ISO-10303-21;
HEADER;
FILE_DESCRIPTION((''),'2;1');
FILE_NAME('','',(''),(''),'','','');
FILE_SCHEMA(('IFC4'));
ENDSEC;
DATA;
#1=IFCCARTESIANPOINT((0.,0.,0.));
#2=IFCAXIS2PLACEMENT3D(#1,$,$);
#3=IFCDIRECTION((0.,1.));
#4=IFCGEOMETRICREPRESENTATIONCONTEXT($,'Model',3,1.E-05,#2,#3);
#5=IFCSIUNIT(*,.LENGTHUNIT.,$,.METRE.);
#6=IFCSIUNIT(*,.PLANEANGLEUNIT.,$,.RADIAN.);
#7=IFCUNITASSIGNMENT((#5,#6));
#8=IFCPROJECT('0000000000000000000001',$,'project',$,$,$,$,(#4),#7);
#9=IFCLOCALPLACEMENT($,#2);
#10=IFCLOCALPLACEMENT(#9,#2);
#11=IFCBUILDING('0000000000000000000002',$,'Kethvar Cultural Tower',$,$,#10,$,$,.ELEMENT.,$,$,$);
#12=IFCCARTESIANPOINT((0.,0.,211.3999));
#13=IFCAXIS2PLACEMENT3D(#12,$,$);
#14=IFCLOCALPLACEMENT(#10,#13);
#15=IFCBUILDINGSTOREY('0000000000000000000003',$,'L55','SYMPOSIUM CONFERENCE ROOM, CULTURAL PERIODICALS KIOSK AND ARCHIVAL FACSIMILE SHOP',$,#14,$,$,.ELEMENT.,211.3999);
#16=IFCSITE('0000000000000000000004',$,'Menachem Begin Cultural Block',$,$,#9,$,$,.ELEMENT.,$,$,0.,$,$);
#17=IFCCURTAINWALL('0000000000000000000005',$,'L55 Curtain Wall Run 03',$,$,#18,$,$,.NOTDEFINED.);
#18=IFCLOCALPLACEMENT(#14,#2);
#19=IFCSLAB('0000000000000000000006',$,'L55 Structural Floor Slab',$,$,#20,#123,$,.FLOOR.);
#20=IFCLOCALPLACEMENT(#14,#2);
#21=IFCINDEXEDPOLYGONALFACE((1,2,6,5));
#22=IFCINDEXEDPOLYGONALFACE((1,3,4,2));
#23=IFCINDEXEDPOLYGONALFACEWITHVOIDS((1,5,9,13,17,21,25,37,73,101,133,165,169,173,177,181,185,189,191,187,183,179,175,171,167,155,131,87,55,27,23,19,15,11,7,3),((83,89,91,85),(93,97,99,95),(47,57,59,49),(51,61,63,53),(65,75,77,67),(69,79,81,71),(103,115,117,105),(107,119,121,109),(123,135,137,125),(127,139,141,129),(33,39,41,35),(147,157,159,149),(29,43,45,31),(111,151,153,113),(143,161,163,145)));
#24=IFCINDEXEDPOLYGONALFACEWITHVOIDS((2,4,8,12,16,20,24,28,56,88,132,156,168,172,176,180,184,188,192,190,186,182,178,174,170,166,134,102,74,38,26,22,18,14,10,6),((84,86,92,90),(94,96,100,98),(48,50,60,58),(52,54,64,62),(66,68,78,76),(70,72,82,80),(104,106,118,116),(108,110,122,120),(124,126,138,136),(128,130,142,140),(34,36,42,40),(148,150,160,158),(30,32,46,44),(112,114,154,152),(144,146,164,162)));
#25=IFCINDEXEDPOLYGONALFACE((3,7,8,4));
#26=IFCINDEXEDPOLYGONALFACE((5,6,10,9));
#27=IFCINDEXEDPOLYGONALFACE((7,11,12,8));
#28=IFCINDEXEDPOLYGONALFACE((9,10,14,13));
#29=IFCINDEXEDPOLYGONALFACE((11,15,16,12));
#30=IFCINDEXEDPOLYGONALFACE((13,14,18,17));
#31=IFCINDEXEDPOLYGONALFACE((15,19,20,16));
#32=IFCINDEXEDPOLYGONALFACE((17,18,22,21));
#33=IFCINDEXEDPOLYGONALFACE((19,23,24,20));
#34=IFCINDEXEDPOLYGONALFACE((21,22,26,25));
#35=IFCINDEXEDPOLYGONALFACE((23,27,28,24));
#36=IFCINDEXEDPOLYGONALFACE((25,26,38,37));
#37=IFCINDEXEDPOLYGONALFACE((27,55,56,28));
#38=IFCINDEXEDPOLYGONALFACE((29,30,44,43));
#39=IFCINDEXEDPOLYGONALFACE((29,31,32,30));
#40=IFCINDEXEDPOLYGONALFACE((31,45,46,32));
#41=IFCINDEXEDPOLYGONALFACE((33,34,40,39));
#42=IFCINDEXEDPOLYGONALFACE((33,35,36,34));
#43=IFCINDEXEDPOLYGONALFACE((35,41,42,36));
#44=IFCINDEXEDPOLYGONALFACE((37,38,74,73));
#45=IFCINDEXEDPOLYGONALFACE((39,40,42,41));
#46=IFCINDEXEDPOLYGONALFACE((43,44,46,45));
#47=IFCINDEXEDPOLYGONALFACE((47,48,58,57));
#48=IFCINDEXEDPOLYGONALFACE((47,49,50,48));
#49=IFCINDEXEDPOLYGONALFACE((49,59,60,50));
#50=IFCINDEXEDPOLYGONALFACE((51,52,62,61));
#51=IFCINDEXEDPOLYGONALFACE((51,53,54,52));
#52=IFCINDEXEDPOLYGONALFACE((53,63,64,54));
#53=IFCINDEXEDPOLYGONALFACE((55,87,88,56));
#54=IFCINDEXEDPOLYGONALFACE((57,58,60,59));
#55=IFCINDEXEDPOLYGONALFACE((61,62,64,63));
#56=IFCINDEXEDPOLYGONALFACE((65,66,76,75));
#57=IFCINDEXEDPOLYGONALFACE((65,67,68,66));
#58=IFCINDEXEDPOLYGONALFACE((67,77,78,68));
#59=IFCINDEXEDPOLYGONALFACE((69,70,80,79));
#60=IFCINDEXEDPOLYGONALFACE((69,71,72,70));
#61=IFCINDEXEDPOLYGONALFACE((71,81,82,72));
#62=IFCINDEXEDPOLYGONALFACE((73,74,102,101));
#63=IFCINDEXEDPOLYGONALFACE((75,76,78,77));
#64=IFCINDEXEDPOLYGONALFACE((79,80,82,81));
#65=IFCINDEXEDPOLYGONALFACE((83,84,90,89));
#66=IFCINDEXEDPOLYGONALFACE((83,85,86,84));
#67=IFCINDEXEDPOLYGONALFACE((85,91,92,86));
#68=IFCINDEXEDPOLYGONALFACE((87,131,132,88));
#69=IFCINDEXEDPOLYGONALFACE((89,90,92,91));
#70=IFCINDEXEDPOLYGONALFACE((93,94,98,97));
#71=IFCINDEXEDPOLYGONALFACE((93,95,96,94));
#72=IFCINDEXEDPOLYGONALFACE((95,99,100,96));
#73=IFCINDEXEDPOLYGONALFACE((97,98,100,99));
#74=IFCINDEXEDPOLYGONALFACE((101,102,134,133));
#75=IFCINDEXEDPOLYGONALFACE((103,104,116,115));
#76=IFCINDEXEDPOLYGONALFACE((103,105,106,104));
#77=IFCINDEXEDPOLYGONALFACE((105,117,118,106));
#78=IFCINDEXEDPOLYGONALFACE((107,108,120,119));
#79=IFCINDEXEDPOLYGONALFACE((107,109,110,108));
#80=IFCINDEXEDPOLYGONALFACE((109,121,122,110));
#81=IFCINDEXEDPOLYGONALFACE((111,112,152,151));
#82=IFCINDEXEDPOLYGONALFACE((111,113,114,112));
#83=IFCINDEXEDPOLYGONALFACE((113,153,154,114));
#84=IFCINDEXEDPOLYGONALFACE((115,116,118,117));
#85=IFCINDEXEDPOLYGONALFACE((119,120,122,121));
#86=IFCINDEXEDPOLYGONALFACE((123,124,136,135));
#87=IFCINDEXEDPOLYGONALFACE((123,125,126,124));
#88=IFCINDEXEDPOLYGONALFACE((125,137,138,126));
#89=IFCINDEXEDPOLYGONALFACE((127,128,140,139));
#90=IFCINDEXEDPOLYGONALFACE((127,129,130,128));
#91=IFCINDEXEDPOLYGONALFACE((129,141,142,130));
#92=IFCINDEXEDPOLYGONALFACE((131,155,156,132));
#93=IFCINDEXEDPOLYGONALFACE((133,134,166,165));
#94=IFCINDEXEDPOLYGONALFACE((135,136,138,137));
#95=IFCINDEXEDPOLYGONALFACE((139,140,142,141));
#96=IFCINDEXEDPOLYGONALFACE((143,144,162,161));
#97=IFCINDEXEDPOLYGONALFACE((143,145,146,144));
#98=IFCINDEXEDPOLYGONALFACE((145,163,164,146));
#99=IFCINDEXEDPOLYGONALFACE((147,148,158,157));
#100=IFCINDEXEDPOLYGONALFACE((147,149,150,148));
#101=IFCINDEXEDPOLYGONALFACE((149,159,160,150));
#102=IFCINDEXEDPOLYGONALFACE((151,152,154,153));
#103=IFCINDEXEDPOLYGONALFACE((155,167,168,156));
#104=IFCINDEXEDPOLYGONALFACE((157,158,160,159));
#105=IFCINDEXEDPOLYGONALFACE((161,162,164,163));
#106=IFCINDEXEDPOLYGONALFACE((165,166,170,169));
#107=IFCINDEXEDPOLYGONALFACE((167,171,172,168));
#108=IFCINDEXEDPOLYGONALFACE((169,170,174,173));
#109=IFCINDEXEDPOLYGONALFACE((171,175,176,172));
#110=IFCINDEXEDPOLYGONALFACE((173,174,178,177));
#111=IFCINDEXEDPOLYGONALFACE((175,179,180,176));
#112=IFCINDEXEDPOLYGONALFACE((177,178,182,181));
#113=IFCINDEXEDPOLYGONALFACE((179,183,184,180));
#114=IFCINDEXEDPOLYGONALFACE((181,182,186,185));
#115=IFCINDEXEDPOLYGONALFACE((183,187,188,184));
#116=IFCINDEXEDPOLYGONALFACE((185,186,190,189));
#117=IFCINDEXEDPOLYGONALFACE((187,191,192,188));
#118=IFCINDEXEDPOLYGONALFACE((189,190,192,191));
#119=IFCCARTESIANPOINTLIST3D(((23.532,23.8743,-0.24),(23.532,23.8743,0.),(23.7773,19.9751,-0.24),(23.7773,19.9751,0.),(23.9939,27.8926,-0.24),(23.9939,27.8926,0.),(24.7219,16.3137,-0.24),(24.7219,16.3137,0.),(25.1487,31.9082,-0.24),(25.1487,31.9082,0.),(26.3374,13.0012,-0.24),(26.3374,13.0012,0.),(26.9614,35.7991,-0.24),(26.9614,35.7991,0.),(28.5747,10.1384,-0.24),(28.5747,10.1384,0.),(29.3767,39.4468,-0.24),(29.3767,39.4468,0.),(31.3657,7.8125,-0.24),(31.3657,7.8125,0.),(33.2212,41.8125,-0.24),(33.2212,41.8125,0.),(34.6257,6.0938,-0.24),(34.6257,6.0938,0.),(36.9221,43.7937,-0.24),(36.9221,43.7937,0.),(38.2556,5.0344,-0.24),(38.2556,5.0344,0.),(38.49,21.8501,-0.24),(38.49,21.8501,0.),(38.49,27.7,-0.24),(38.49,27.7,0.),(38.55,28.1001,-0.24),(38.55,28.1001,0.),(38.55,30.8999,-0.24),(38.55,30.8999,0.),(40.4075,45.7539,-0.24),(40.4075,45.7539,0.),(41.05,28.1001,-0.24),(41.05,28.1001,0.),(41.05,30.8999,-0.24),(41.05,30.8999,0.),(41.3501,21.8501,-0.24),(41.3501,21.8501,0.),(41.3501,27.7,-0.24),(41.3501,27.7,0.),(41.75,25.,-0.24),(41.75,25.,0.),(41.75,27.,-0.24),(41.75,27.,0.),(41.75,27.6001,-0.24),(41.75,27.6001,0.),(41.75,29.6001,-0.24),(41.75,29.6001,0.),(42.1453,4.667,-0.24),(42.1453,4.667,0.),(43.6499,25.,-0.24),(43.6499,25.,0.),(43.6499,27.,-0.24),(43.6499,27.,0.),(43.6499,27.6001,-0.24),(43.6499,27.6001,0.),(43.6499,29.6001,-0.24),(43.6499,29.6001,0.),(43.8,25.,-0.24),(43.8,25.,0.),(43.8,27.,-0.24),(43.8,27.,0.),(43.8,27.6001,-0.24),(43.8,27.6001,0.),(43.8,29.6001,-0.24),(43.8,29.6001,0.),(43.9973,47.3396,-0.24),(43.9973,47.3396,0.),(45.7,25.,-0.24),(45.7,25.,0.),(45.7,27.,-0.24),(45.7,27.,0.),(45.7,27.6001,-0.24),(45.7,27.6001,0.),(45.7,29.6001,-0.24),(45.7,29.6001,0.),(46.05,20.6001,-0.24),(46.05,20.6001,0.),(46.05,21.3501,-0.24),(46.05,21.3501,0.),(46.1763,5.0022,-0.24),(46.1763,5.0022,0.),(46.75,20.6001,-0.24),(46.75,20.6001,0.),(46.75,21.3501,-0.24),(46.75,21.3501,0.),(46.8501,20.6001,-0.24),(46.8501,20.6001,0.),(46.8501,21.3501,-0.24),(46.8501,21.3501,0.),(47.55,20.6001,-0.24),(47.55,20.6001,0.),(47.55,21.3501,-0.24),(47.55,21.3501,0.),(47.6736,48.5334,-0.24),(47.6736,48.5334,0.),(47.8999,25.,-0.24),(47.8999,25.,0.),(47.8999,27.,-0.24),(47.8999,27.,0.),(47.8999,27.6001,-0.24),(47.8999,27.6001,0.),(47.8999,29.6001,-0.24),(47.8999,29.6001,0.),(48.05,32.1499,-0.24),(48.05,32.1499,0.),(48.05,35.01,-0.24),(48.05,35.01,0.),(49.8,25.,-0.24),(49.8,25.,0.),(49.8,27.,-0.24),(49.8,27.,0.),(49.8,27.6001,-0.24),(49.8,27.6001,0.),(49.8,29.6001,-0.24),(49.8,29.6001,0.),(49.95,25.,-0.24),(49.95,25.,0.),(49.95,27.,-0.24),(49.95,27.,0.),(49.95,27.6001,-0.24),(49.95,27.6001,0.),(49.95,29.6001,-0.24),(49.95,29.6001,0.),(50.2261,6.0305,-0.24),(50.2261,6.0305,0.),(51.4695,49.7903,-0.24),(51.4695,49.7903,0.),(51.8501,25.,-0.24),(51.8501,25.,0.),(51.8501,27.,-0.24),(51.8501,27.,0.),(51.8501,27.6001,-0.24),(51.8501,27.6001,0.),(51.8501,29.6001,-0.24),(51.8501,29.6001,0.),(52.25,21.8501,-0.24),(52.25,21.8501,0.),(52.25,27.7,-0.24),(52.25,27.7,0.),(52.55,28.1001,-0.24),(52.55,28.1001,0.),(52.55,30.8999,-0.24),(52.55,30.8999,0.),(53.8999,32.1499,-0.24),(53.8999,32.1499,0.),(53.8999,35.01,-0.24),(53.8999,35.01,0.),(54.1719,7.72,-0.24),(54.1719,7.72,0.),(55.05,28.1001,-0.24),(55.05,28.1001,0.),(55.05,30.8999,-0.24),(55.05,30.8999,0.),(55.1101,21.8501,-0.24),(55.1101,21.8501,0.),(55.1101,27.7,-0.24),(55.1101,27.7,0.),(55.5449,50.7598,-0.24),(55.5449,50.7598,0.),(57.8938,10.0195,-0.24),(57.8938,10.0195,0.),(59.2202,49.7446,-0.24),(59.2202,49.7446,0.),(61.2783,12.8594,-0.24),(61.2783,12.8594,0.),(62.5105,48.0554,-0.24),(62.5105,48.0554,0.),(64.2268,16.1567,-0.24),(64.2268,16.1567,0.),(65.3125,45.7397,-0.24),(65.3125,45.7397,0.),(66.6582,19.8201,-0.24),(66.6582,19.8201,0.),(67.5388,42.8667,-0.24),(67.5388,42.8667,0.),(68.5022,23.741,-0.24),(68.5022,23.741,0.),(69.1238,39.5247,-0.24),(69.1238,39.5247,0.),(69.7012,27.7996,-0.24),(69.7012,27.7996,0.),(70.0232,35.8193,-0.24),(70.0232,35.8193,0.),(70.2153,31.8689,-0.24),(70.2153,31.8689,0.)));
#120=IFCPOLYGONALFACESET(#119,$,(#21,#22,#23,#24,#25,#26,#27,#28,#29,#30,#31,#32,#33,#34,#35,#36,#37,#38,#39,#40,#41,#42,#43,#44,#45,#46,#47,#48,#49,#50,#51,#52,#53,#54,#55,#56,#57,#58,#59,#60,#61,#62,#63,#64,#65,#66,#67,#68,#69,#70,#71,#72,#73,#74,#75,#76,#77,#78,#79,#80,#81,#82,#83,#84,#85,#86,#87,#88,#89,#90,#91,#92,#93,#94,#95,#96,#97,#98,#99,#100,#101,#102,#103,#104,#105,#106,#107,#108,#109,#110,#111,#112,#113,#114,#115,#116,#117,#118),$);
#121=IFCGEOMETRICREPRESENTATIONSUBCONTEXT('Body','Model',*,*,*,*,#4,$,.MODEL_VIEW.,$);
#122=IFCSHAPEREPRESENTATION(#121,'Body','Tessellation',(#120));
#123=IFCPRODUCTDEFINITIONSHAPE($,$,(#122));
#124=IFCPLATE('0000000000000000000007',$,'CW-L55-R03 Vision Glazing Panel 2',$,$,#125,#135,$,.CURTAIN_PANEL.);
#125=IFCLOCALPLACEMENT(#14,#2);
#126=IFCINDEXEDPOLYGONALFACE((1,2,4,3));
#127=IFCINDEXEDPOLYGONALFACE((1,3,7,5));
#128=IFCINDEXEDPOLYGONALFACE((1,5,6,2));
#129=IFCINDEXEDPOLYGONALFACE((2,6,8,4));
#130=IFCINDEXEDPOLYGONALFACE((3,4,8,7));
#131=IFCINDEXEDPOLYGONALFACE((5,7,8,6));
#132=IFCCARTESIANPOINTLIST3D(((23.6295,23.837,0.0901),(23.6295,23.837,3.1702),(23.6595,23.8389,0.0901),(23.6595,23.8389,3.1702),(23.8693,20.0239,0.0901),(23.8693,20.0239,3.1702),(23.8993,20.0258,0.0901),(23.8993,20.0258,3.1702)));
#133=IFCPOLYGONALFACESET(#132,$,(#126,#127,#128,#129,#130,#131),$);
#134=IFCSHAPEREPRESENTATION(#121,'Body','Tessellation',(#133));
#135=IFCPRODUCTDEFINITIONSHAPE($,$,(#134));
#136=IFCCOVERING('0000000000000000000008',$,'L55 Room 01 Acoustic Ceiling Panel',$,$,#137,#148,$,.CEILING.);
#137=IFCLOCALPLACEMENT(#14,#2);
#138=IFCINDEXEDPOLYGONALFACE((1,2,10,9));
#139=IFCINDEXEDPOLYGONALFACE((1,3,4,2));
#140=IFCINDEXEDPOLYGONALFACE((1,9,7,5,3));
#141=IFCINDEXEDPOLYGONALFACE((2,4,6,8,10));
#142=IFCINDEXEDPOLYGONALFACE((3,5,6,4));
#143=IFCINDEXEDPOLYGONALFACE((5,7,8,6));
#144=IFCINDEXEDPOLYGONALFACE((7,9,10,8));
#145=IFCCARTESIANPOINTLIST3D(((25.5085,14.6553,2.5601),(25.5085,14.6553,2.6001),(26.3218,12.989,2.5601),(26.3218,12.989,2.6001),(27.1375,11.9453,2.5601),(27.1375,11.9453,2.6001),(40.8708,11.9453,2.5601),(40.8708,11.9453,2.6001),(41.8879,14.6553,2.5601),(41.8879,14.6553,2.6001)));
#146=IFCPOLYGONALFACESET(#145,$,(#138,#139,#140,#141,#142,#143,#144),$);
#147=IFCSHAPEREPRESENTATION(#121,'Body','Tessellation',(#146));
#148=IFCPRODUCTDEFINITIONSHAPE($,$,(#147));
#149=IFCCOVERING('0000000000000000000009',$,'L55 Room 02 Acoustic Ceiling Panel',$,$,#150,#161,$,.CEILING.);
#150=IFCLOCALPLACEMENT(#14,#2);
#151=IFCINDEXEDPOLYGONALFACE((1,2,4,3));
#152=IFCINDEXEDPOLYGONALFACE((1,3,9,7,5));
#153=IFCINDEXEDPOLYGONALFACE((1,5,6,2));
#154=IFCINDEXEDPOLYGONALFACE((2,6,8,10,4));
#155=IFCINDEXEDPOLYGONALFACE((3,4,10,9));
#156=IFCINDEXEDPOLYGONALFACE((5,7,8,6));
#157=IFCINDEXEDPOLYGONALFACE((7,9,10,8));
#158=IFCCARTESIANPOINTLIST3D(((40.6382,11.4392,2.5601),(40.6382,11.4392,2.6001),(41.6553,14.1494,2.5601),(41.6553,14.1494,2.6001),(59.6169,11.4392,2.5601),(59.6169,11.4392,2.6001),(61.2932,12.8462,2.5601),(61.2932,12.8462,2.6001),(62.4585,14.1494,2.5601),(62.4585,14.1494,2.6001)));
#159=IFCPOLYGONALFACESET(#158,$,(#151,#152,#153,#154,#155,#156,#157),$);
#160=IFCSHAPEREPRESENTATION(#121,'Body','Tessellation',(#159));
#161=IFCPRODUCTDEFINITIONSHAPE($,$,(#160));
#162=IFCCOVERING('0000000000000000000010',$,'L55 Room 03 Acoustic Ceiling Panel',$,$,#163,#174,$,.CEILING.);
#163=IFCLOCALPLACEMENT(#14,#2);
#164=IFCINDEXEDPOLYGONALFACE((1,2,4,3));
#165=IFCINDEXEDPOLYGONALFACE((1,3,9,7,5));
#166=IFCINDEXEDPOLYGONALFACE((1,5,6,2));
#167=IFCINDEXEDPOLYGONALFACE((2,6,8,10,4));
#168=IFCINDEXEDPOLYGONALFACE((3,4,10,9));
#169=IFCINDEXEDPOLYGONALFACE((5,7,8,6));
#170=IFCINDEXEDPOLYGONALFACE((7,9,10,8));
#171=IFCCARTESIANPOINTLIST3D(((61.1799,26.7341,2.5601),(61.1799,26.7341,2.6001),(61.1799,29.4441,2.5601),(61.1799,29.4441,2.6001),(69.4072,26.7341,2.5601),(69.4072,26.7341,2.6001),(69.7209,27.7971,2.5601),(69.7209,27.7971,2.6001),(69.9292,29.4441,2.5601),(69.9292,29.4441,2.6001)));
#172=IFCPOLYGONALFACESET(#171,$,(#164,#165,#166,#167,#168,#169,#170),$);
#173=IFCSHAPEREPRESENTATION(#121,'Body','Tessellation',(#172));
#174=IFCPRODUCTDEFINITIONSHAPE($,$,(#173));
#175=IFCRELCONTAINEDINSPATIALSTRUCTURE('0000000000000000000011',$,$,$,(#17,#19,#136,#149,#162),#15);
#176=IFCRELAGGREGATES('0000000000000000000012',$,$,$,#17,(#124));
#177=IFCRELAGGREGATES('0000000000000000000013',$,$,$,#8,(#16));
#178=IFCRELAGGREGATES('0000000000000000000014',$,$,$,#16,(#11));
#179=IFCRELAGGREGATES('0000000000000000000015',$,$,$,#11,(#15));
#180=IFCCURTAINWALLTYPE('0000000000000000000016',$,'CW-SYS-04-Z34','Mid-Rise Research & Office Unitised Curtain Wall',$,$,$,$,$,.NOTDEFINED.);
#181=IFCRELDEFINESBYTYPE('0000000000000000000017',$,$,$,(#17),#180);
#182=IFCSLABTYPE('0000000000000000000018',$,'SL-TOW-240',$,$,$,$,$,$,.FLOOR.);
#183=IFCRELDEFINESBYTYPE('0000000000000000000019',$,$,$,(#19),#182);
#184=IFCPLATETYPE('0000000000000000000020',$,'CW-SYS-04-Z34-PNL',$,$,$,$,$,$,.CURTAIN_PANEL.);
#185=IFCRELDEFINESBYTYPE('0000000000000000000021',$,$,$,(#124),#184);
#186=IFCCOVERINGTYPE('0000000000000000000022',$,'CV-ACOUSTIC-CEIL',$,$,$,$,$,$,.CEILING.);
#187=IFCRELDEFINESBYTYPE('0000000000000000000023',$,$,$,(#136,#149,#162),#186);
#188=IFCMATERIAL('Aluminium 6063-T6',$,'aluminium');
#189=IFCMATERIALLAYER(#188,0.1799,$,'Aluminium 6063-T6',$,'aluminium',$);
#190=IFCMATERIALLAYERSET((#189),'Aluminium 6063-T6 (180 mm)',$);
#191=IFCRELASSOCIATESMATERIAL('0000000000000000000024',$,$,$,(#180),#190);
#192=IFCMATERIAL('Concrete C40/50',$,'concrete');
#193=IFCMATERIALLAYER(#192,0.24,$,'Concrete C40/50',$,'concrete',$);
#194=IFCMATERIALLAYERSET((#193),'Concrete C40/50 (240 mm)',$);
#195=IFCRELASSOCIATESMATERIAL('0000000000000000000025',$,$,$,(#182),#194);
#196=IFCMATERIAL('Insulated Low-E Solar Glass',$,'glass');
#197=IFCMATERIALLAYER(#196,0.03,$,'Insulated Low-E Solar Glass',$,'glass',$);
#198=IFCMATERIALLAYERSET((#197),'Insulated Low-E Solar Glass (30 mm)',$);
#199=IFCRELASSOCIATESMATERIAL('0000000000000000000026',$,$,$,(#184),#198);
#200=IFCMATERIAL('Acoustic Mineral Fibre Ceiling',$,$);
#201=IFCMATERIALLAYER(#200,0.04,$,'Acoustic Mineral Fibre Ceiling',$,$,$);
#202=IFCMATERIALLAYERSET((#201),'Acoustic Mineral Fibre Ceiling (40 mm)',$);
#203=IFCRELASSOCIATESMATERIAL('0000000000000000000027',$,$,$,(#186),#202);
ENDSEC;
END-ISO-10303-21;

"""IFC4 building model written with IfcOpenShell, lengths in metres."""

from ifc_helpers import new_model, si_unit, direction, frame, origin, origin_2d, place, context, subcontext, project, spatial, polyline, rectangle, outline, extrude, source, transform, mapped, material, layer, layer_set, type_object, element, aggregate, save


model = new_model("IFC4")

# Units and contexts
model_context = context("Model", 3, precision=1e-05, world=origin(), true_north=direction((0.0, 1.0)))
body_context = subcontext(model_context, "Body", "Model", "MODEL_VIEW")
ifc_project = project(units=[si_unit("LENGTHUNIT", "METRE"), si_unit("PLANEANGLEUNIT", "RADIAN")], contexts=[model_context])

# Site, building, storey
site_placement = place(None, origin())
site = spatial("IfcSite", under=ifc_project, at=site_placement, Name="Menachem Begin Cultural Block", CompositionType="ELEMENT", RefElevation=0.0)
building_placement = place(site_placement, origin())
building = spatial("IfcBuilding", under=site, at=building_placement, Name="Kethvar Cultural Tower", CompositionType="ELEMENT")
storey_placement = place(building_placement, frame((0.0, 0.0, 211.3999)))
storey = spatial("IfcBuildingStorey", under=building, at=storey_placement, Name="L55", Description="SYMPOSIUM CONFERENCE ROOM, CULTURAL PERIODICALS KIOSK AND ARCHIVAL FACSIMILE SHOP", CompositionType="ELEMENT", Elevation=211.3999)

# Curtain wall
ifc_material_1 = material(Name="Aluminium 6063-T6", Category="aluminium")
ifc_layer_1 = layer(ifc_material_1, 0.1799, Name="Aluminium 6063-T6", Category="aluminium")
ifc_layer_set_1 = layer_set([ifc_layer_1], Name="Aluminium 6063-T6 (180 mm)")
curtain_wall_type = type_object("IfcCurtainWallType", Name="CW-SYS-04-Z34", Description="Mid-Rise Research & Office Unitised Curtain Wall", PredefinedType="NOTDEFINED", material=ifc_layer_set_1)
curtain_wall_placement = place(storey_placement, origin())
curtain_wall = element("IfcCurtainWall", 1, at=curtain_wall_placement, inside=storey, type_object=curtain_wall_type, Name="L55 Curtain Wall Run 03", PredefinedType="NOTDEFINED")

# Shared definitions
ifc_material_2 = material(Name="Concrete C40/50", Category="concrete")

# Slab
ifc_layer_2 = layer(ifc_material_2, 0.24, Name="Concrete C40/50", Category="concrete")
ifc_layer_set_2 = layer_set([ifc_layer_2], Name="Concrete C40/50 (240 mm)")
slab_type_1 = type_object("IfcSlabType", Name="SL-TOW-240", PredefinedType="FLOOR", material=ifc_layer_set_2)
slab_1_placement = place(storey_placement, frame((0.0, 0.0, -0.24)))
element("IfcSlab", 2, at=slab_1_placement, inside=storey, type_object=slab_type_1, Name="L55 Structural Floor Slab", PredefinedType="FLOOR", context=body_context, shape_type="SweptSolid", body=[
    extrude(outline(polyline([(65.3125, 45.7397), (62.5105, 48.0554), (59.2202, 49.7446), (55.5449, 50.7598), (51.4695, 49.7903), (47.6736, 48.5334), (43.9973, 47.3396), (40.4075, 45.7539), (36.9221, 43.7937), (33.2212, 41.8125), (29.3767, 39.4468), (26.9614, 35.7991), (25.1487, 31.9082), (23.9939, 27.8926), (23.532, 23.8743), (23.7773, 19.9751), (24.7219, 16.3137), (26.3374, 13.0012), (28.5747, 10.1384), (31.3657, 7.8125), (34.6257, 6.0938), (38.2556, 5.0344), (42.1453, 4.667), (46.1763, 5.0022), (50.2261, 6.0305), (54.1719, 7.72), (57.8938, 10.0195), (61.2783, 12.8594), (64.2268, 16.1567), (66.6582, 19.8201), (68.5022, 23.741), (69.7012, 27.7996), (70.2153, 31.8689), (70.0232, 35.8193), (69.1238, 39.5247), (67.5388, 42.8667), (65.3125, 45.7397)]), holes=[polyline([(38.49, 21.8501), (38.49, 27.7), (41.3501, 27.7), (41.3501, 21.8501), (38.49, 21.8501)]), polyline([(52.25, 21.8501), (52.25, 27.7), (55.1101, 27.7), (55.1101, 21.8501), (52.25, 21.8501)]), polyline([(53.8999, 32.1499), (48.05, 32.1499), (48.05, 35.01), (53.8999, 35.01), (53.8999, 32.1499)]), polyline([(41.75, 27.0), (43.6499, 27.0), (43.6499, 25.0), (41.75, 25.0), (41.75, 27.0)]), polyline([(43.8, 27.0), (45.7, 27.0), (45.7, 25.0), (43.8, 25.0), (43.8, 27.0)]), polyline([(47.8999, 27.0), (49.8, 27.0), (49.8, 25.0), (47.8999, 25.0), (47.8999, 27.0)]), polyline([(49.95, 27.0), (51.8501, 27.0), (51.8501, 25.0), (49.95, 25.0), (49.95, 27.0)]), polyline([(41.75, 29.6001), (43.6499, 29.6001), (43.6499, 27.6001), (41.75, 27.6001), (41.75, 29.6001)]), polyline([(43.8, 29.6001), (45.7, 29.6001), (45.7, 27.6001), (43.8, 27.6001), (43.8, 29.6001)]), polyline([(47.8999, 29.6001), (49.8, 29.6001), (49.8, 27.6001), (47.8999, 27.6001), (47.8999, 29.6001)]), polyline([(49.95, 29.6001), (51.8501, 29.6001), (51.8501, 27.6001), (49.95, 27.6001), (49.95, 29.6001)]), polyline([(38.55, 30.8999), (41.05, 30.8999), (41.05, 28.1001), (38.55, 28.1001), (38.55, 30.8999)]), polyline([(52.55, 30.8999), (55.05, 30.8999), (55.05, 28.1001), (52.55, 28.1001), (52.55, 30.8999)]), polyline([(46.05, 21.3501), (46.75, 21.3501), (46.75, 20.6001), (46.05, 20.6001), (46.05, 21.3501)]), polyline([(46.8501, 21.3501), (47.55, 21.3501), (47.55, 20.6001), (46.8501, 20.6001), (46.8501, 21.3501)])]), origin(), (0.0, 0.0, 1.0), 0.24),
])

# Plate
ifc_material_3 = material(Name="Insulated Low-E Solar Glass", Category="glass")
ifc_layer_3 = layer(ifc_material_3, 0.03, Name="Insulated Low-E Solar Glass", Category="glass")
ifc_layer_set_3 = layer_set([ifc_layer_3], Name="Insulated Low-E Solar Glass (30 mm)")
plate_type = type_object("IfcPlateType", Name="CW-SYS-04-Z34-PNL", PredefinedType="CURTAIN_PANEL", material=ifc_layer_set_3)
shared_shape_1 = source(origin(), body_context, "Body", "SweptSolid", [
    extrude(rectangle(XDim=3.8206, YDim=0.03, at=origin_2d()), origin(), (0.0, 0.0, 1.0), 3.0801),
])
plate_placement = place(storey_placement, frame((23.7644, 21.9314, 0.0901), z_axis=(0.0, 0.0, 1.0), x_axis=(0.062756, -0.998029, 0.0)))
plate = element("IfcPlate", 3, at=plate_placement, type_object=plate_type, Name="CW-L55-R03 Vision Glazing Panel 2", PredefinedType="CURTAIN_PANEL", context=body_context, shape_type="MappedRepresentation", body=[
    mapped(shared_shape_1, transform((0.0, 0.0, 0.0), scale=1.0)),
])
aggregate(curtain_wall, [plate])

# Coverings
ifc_material_4 = material(Name="Acoustic Mineral Fibre Ceiling")
ifc_layer_4 = layer(ifc_material_4, 0.04, Name="Acoustic Mineral Fibre Ceiling")
ifc_layer_set_4 = layer_set([ifc_layer_4], Name="Acoustic Mineral Fibre Ceiling (40 mm)")
covering_type_1 = type_object("IfcCoveringType", Name="CV-ACOUSTIC-CEIL", PredefinedType="CEILING", material=ifc_layer_set_4)
covering_1_placement = place(storey_placement, frame((0.0, 0.0, 2.5601)))
element("IfcCovering", 4, at=covering_1_placement, inside=storey, type_object=covering_type_1, Name="L55 Room 01 Acoustic Ceiling Panel", PredefinedType="CEILING", context=body_context, shape_type="SweptSolid", body=[
    extrude(outline(polyline([(26.3218, 12.989), (25.5085, 14.6553), (41.8879, 14.6553), (40.8708, 11.9453), (27.1375, 11.9453), (26.3218, 12.989)])), origin(), (0.0, 0.0, 1.0), 0.04),
])
covering_2_placement = place(storey_placement, frame((0.0, 0.0, 2.5601)))
element("IfcCovering", 5, at=covering_2_placement, inside=storey, type_object=covering_type_1, Name="L55 Room 02 Acoustic Ceiling Panel", PredefinedType="CEILING", context=body_context, shape_type="SweptSolid", body=[
    extrude(outline(polyline([(61.2932, 12.8462), (59.6169, 11.4392), (40.6382, 11.4392), (41.6553, 14.1494), (62.4585, 14.1494), (61.2932, 12.8462)])), origin(), (0.0, 0.0, 1.0), 0.04),
])
covering_3_placement = place(storey_placement, frame((0.0, 0.0, 2.5601)))
element("IfcCovering", 6, at=covering_3_placement, inside=storey, type_object=covering_type_1, Name="L55 Room 03 Acoustic Ceiling Panel", PredefinedType="CEILING", context=body_context, shape_type="SweptSolid", body=[
    extrude(outline(polyline([(69.7209, 27.7971), (69.4072, 26.7341), (61.1799, 26.7341), (61.1799, 29.4441), (69.9292, 29.4441), (69.7209, 27.7971)])), origin(), (0.0, 0.0, 1.0), 0.04),
])

save(model, "model.ifc")
